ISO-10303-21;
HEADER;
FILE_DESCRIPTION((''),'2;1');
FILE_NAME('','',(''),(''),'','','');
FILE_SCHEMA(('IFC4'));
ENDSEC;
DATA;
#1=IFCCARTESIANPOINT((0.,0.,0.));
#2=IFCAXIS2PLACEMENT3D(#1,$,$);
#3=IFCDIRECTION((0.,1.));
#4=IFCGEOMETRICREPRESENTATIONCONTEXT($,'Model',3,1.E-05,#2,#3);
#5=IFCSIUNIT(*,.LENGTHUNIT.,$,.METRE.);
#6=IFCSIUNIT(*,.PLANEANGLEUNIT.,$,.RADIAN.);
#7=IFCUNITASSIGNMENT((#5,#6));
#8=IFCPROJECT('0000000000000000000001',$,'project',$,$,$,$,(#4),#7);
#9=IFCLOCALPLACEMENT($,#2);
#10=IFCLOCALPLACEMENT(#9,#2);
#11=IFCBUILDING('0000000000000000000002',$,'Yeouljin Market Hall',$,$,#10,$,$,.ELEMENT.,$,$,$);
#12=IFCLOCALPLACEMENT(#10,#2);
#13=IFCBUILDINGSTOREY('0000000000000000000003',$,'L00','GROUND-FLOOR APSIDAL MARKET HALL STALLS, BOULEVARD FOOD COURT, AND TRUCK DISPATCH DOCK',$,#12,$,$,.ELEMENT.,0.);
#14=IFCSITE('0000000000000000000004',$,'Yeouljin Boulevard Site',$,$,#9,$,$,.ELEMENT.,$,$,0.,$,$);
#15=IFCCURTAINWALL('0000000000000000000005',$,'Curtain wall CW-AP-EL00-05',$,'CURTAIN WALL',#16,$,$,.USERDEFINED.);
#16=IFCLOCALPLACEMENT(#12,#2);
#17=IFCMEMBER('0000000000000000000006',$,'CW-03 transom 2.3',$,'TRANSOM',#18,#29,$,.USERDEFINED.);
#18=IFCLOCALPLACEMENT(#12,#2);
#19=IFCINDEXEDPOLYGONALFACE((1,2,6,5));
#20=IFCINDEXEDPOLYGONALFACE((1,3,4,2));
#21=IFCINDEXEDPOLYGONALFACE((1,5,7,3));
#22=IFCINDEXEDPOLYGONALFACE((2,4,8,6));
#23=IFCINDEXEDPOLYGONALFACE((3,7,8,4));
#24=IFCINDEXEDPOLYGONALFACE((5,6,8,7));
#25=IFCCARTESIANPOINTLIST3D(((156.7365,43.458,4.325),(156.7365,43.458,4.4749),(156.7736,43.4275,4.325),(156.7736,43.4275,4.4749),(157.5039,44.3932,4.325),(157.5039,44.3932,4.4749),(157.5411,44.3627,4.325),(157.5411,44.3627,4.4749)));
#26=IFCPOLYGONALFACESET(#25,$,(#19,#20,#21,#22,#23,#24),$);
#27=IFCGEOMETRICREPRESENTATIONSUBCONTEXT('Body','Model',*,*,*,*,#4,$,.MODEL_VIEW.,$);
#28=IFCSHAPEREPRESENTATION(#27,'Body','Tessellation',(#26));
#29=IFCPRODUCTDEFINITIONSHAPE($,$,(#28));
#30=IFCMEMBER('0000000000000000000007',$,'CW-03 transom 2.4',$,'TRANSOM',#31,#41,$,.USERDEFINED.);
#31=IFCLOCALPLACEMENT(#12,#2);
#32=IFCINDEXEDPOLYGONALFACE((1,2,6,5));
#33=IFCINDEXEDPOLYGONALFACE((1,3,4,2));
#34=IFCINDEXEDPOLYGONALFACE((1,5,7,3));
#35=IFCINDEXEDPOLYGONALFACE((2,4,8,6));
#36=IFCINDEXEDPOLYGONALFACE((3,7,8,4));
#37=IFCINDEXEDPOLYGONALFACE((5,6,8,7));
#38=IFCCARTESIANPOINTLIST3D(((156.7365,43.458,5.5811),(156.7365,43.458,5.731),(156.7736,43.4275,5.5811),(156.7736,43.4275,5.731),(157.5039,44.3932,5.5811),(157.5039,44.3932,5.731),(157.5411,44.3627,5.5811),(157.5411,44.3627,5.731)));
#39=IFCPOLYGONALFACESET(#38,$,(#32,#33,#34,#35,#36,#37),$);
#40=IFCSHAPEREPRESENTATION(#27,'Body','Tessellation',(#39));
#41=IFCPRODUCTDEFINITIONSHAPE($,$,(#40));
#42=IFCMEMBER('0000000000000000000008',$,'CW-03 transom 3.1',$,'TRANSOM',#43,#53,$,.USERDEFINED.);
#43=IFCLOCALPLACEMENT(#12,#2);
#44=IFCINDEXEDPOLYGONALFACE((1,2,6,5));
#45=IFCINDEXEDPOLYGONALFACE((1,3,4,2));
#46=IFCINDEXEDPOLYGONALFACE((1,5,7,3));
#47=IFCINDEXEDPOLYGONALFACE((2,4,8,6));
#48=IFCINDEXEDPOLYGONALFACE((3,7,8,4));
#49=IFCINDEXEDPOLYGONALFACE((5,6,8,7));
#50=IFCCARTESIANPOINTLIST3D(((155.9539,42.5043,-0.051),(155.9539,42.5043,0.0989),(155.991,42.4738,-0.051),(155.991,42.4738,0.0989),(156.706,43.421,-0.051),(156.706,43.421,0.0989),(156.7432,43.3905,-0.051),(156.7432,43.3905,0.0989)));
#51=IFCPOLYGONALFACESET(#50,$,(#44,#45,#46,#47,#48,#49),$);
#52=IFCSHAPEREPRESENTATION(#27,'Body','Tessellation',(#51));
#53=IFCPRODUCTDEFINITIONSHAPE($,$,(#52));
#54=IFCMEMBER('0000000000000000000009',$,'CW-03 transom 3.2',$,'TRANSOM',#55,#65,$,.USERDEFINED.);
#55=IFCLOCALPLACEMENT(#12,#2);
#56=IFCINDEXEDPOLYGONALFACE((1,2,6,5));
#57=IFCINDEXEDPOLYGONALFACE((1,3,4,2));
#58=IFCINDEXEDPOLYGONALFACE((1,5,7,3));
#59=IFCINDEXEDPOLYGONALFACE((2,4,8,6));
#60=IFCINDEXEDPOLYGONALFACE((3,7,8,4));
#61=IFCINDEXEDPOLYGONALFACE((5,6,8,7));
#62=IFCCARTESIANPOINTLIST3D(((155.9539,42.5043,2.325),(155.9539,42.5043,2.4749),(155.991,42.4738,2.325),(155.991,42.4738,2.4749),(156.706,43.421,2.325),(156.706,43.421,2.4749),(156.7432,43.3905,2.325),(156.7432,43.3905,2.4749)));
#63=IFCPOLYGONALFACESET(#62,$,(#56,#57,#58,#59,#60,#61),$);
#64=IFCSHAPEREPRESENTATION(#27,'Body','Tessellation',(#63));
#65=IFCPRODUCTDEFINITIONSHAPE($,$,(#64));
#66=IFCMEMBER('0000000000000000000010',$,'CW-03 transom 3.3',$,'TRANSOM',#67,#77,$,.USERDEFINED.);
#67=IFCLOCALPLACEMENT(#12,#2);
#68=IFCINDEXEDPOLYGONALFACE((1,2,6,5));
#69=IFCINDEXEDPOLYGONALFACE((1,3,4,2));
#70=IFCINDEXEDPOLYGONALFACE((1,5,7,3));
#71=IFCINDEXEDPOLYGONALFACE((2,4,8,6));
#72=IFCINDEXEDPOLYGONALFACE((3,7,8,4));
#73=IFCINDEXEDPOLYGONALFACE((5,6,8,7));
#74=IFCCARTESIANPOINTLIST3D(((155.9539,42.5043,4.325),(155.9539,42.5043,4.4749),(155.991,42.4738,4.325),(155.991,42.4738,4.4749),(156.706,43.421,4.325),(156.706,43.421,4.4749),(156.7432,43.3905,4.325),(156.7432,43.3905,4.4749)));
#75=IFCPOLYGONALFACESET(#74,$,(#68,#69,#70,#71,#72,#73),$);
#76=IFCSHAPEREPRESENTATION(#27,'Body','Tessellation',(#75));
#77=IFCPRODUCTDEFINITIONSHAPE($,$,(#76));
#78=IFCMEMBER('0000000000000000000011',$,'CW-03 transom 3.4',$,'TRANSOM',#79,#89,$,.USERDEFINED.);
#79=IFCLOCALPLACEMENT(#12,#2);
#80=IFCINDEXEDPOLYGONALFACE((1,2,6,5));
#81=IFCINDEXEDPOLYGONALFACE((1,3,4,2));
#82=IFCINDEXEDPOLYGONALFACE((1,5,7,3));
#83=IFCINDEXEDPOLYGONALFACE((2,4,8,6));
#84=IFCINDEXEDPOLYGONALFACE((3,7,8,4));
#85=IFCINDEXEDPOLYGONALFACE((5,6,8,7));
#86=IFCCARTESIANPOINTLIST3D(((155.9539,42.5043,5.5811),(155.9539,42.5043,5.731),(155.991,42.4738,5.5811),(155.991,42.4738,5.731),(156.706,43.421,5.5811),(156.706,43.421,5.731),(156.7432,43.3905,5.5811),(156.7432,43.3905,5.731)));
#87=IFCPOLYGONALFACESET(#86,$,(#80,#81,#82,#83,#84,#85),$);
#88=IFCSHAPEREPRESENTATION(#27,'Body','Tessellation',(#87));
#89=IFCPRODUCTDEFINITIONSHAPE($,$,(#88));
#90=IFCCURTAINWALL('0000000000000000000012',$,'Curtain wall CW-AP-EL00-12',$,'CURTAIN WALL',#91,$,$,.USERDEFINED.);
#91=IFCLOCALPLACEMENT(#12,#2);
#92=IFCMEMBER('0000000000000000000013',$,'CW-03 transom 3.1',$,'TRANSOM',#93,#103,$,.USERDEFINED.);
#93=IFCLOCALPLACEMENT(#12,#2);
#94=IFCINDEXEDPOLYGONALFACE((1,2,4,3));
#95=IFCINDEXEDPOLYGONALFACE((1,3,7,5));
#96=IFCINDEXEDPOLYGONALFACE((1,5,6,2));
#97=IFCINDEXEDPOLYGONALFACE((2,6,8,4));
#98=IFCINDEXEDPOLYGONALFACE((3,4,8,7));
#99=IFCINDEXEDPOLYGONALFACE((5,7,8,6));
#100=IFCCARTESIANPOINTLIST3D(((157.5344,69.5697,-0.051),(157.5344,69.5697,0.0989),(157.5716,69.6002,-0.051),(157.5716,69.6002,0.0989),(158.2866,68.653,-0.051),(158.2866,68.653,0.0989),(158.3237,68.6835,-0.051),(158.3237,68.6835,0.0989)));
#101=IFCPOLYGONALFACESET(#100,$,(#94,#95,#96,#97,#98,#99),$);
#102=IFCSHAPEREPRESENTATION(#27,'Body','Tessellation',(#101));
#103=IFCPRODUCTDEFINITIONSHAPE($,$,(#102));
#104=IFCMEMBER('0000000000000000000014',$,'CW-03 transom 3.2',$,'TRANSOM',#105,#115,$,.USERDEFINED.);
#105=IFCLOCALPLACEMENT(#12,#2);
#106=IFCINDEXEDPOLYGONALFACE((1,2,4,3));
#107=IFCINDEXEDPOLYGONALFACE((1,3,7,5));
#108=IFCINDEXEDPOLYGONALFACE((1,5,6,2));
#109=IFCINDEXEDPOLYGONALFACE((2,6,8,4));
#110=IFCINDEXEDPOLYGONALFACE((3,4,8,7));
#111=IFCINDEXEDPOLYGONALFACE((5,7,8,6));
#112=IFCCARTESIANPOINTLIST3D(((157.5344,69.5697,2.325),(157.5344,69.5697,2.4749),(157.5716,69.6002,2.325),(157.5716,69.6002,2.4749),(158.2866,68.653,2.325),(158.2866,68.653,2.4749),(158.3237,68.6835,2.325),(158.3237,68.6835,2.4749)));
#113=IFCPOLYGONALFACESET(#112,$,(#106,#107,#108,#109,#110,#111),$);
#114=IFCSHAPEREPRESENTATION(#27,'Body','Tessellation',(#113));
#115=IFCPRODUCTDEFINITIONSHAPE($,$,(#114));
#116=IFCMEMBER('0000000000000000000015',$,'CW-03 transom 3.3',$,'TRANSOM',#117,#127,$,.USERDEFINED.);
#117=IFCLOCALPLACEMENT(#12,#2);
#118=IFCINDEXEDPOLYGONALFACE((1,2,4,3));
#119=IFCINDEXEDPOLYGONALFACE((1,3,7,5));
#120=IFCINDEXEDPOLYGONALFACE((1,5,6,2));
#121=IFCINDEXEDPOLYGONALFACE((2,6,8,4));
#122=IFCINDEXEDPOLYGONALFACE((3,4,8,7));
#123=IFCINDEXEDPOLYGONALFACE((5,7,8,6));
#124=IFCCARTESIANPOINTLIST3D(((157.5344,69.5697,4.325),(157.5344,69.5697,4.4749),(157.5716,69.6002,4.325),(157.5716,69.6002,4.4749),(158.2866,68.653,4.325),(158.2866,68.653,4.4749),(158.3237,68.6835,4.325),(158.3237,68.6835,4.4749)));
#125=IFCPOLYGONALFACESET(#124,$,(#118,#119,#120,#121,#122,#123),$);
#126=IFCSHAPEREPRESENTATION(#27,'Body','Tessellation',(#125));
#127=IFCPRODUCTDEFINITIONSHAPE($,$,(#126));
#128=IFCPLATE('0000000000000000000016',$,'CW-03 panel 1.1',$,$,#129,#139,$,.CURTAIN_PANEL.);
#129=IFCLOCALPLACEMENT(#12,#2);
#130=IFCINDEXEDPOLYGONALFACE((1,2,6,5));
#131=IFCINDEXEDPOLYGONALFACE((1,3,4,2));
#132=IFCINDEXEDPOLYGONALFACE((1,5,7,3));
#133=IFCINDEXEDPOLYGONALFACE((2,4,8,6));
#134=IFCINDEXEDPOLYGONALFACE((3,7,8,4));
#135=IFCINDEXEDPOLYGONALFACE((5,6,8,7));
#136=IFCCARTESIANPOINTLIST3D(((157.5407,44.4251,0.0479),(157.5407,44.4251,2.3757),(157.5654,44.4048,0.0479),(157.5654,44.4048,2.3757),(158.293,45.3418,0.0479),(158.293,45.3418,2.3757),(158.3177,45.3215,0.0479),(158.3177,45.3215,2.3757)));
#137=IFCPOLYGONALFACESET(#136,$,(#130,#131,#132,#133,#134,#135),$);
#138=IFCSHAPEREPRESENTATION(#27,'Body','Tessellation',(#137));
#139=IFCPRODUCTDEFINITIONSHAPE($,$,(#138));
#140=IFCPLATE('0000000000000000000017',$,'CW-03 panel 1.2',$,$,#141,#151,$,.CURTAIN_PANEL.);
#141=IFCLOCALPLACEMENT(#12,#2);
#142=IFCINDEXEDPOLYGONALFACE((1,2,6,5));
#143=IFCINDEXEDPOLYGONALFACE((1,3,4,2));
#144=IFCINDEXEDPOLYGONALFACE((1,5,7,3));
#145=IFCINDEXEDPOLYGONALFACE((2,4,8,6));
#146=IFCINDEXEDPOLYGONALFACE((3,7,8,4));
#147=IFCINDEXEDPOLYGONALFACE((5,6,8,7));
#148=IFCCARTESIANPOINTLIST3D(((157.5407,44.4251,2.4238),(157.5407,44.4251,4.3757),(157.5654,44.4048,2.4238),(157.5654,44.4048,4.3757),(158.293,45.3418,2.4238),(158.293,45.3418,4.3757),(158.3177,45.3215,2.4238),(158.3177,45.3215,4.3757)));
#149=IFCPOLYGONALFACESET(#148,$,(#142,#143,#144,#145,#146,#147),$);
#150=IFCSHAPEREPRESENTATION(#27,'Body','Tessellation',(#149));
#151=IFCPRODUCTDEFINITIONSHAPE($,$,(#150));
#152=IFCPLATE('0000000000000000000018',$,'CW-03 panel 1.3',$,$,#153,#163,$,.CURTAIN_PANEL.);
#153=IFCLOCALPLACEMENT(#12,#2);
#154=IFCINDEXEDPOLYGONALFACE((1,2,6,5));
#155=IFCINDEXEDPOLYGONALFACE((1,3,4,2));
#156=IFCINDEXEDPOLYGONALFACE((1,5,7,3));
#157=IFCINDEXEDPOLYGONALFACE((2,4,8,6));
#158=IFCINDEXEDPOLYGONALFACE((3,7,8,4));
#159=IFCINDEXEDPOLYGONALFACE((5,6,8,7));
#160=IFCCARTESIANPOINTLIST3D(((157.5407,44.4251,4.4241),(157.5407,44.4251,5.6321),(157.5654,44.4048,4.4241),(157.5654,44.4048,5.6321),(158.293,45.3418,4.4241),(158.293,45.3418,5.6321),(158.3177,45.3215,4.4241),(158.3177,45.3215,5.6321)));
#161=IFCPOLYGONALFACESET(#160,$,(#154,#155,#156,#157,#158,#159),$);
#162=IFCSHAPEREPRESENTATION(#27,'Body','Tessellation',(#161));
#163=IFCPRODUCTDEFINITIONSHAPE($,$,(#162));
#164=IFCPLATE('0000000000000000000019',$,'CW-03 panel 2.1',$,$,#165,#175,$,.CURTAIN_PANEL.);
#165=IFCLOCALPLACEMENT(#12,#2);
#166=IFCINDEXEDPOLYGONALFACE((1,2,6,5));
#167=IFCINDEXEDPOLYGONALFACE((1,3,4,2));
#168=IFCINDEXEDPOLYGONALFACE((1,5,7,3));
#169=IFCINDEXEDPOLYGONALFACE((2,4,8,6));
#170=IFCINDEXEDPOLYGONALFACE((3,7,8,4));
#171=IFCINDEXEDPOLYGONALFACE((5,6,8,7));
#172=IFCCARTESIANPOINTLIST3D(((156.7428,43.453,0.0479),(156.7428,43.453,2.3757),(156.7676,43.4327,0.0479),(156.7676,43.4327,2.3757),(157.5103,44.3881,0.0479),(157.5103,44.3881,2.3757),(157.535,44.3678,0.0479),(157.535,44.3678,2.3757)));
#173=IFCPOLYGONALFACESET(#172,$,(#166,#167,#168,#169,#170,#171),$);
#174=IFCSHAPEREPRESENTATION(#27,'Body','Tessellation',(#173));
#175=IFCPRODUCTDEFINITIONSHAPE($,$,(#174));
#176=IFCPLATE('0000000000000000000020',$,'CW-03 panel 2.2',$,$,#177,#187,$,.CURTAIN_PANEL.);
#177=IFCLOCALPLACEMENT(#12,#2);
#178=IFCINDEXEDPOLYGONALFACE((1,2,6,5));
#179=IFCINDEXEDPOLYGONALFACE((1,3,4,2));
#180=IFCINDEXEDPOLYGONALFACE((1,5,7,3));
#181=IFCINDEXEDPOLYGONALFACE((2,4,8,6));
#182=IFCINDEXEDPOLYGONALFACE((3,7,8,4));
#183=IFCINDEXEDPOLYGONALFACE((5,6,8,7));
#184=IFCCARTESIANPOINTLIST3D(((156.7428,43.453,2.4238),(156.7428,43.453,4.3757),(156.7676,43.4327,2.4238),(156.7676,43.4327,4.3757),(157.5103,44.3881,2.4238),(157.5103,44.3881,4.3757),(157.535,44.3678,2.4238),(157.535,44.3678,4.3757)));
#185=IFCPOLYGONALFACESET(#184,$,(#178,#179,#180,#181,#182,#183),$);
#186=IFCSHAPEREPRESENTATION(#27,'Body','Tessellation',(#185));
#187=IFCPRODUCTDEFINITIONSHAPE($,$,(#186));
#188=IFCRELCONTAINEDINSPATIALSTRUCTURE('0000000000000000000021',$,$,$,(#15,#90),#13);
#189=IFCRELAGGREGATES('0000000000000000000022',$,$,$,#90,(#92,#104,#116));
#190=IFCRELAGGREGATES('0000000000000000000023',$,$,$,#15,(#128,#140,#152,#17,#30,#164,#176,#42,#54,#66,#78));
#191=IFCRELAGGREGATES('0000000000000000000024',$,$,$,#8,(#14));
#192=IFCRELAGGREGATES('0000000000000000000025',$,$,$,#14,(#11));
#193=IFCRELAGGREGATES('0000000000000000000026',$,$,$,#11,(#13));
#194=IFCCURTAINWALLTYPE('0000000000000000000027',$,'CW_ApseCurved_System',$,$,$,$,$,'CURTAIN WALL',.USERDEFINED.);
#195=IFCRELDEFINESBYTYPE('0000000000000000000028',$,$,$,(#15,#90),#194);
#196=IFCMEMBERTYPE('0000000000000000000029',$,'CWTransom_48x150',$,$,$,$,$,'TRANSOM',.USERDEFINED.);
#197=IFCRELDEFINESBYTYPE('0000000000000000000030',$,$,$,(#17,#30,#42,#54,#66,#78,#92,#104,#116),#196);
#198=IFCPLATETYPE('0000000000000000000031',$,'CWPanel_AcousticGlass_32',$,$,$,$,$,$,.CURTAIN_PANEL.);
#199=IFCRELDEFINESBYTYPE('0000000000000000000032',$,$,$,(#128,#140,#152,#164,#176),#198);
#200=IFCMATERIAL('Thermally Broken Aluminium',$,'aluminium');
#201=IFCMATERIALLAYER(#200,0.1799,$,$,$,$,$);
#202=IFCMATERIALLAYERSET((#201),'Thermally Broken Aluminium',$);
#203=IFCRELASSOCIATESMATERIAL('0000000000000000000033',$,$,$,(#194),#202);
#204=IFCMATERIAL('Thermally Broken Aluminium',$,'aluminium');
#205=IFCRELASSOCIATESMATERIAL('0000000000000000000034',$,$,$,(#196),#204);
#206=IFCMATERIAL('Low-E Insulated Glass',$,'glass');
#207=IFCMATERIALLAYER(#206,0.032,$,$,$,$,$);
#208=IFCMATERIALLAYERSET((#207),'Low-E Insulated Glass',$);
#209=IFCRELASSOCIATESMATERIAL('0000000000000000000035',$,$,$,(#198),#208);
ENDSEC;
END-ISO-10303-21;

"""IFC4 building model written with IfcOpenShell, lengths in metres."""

from ifc_helpers import new_model, si_unit, direction, frame, origin, origin_2d, place, context, subcontext, project, spatial, rectangle, extrude, material, layer, layer_set, material_profile, profile_set, type_object, element, aggregate, save


model = new_model("IFC4")

# Units and contexts
model_context = context("Model", 3, precision=1e-05, world=origin(), true_north=direction((0.0, 1.0)))
body_context = subcontext(model_context, "Body", "Model", "MODEL_VIEW")
ifc_project = project(units=[si_unit("LENGTHUNIT", "METRE"), si_unit("PLANEANGLEUNIT", "RADIAN")], contexts=[model_context])

# Site, building, storey
site_placement = place(None, origin())
site = spatial("IfcSite", under=ifc_project, at=site_placement, Name="Yeouljin Boulevard Site", CompositionType="ELEMENT", RefElevation=0.0)
building_placement = place(site_placement, origin())
building = spatial("IfcBuilding", under=site, at=building_placement, Name="Yeouljin Market Hall", CompositionType="ELEMENT")
storey_placement = place(building_placement, origin())
storey = spatial("IfcBuildingStorey", under=building, at=storey_placement, Name="L00", Description="GROUND-FLOOR APSIDAL MARKET HALL STALLS, BOULEVARD FOOD COURT, AND TRUCK DISPATCH DOCK", CompositionType="ELEMENT", Elevation=0.0)

# Shared definitions
ifc_material_1 = material(Name="Thermally Broken Aluminium", Category="aluminium")
ifc_layer_1 = layer(ifc_material_1, 0.1799)
ifc_layer_set_1 = layer_set([ifc_layer_1], Name="Thermally Broken Aluminium")
curtain_wall_type = type_object("IfcCurtainWallType", Name="CW_ApseCurved_System", ElementType="CURTAIN WALL", PredefinedType="USERDEFINED", material=ifc_layer_set_1)

# Curtain wall
curtain_wall_1_placement = place(storey_placement, origin())
curtain_wall_1 = element("IfcCurtainWall", 1, at=curtain_wall_1_placement, inside=storey, type_object=curtain_wall_type, Name="Curtain wall CW-AP-EL00-05", ObjectType="CURTAIN WALL", PredefinedType="USERDEFINED")

# Members
ifc_material_2 = material(Name="Thermally Broken Aluminium", Category="aluminium")
ifc_material_profile_1 = material_profile(ifc_material_2, rectangle(XDim=0.0481, YDim=0.1499, at=origin_2d()), Name="CW-TRAN-48x150")
ifc_profile_set_1 = profile_set([ifc_material_profile_1], Name="Thermally Broken Aluminium")
member_type_1 = type_object("IfcMemberType", Name="CWTransom_48x150", ElementType="TRANSOM", PredefinedType="USERDEFINED", material=ifc_profile_set_1)
member_1_placement = place(storey_placement, frame((157.5225, 44.3779, 4.3999), z_axis=(-0.634369, -0.77303, 0.0), x_axis=(0.77303, -0.634369, 0.0)))
member_1 = element("IfcMember", 2, at=member_1_placement, type_object=member_type_1, Name="CW-03 transom 2.3", ObjectType="TRANSOM", PredefinedType="USERDEFINED", context=body_context, shape_type="SweptSolid", body=[
    extrude(rectangle(XDim=0.0481, YDim=0.1499, at=origin_2d()), origin(), (0.0, 0.0, 1.0), 1.2097),
])
member_2_placement = place(storey_placement, frame((157.5225, 44.3779, 5.656), z_axis=(-0.634369, -0.77303, 0.0), x_axis=(0.77303, -0.634369, 0.0)))
member_2 = element("IfcMember", 3, at=member_2_placement, type_object=member_type_1, Name="CW-03 transom 2.4", ObjectType="TRANSOM", PredefinedType="USERDEFINED", context=body_context, shape_type="SweptSolid", body=[
    extrude(rectangle(XDim=0.0481, YDim=0.1499, at=origin_2d()), origin(), (0.0, 0.0, 1.0), 1.2097),
])
member_3_placement = place(storey_placement, frame((156.7246, 43.4058, 0.0239), z_axis=(-0.634313, -0.773076, 0.0), x_axis=(0.773076, -0.634313, 0.0)))
member_3 = element("IfcMember", 4, at=member_3_placement, type_object=member_type_1, Name="CW-03 transom 3.1", ObjectType="TRANSOM", PredefinedType="USERDEFINED", context=body_context, shape_type="SweptSolid", body=[
    extrude(rectangle(XDim=0.0481, YDim=0.1499, at=origin_2d()), origin(), (0.0, 0.0, 1.0), 1.1858),
])
member_4_placement = place(storey_placement, frame((156.7246, 43.4058, 2.3999), z_axis=(-0.634313, -0.773076, 0.0), x_axis=(0.773076, -0.634313, 0.0)))
member_4 = element("IfcMember", 5, at=member_4_placement, type_object=member_type_1, Name="CW-03 transom 3.2", ObjectType="TRANSOM", PredefinedType="USERDEFINED", context=body_context, shape_type="SweptSolid", body=[
    extrude(rectangle(XDim=0.0481, YDim=0.1499, at=origin_2d()), origin(), (0.0, 0.0, 1.0), 1.1858),
])
member_5_placement = place(storey_placement, frame((156.7246, 43.4058, 4.3999), z_axis=(-0.634313, -0.773076, 0.0), x_axis=(0.773076, -0.634313, 0.0)))
member_5 = element("IfcMember", 6, at=member_5_placement, type_object=member_type_1, Name="CW-03 transom 3.3", ObjectType="TRANSOM", PredefinedType="USERDEFINED", context=body_context, shape_type="SweptSolid", body=[
    extrude(rectangle(XDim=0.0481, YDim=0.1499, at=origin_2d()), origin(), (0.0, 0.0, 1.0), 1.1858),
])
member_6_placement = place(storey_placement, frame((156.7246, 43.4058, 5.656), z_axis=(-0.634313, -0.773076, 0.0), x_axis=(0.773076, -0.634313, 0.0)))
member_6 = element("IfcMember", 7, at=member_6_placement, type_object=member_type_1, Name="CW-03 transom 3.4", ObjectType="TRANSOM", PredefinedType="USERDEFINED", context=body_context, shape_type="SweptSolid", body=[
    extrude(rectangle(XDim=0.0481, YDim=0.1499, at=origin_2d()), origin(), (0.0, 0.0, 1.0), 1.1858),
])

# Curtain wall, members
curtain_wall_2_placement = place(storey_placement, origin())
curtain_wall_2 = element("IfcCurtainWall", 8, at=curtain_wall_2_placement, inside=storey, type_object=curtain_wall_type, Name="Curtain wall CW-AP-EL00-12", ObjectType="CURTAIN WALL", PredefinedType="USERDEFINED")
member_7_placement = place(storey_placement, frame((157.553, 69.585, 0.0239), z_axis=(0.634313, -0.773076, 0.0), x_axis=(0.773076, 0.634313, 0.0)))
member_7 = element("IfcMember", 9, at=member_7_placement, type_object=member_type_1, Name="CW-03 transom 3.1", ObjectType="TRANSOM", PredefinedType="USERDEFINED", context=body_context, shape_type="SweptSolid", body=[
    extrude(rectangle(XDim=0.0481, YDim=0.1499, at=origin_2d()), origin(), (0.0, 0.0, 1.0), 1.1858),
])
member_8_placement = place(storey_placement, frame((157.553, 69.585, 2.3999), z_axis=(0.634313, -0.773076, 0.0), x_axis=(0.773076, 0.634313, 0.0)))
member_8 = element("IfcMember", 10, at=member_8_placement, type_object=member_type_1, Name="CW-03 transom 3.2", ObjectType="TRANSOM", PredefinedType="USERDEFINED", context=body_context, shape_type="SweptSolid", body=[
    extrude(rectangle(XDim=0.0481, YDim=0.1499, at=origin_2d()), origin(), (0.0, 0.0, 1.0), 1.1858),
])
member_9_placement = place(storey_placement, frame((157.553, 69.585, 4.3999), z_axis=(0.634313, -0.773076, 0.0), x_axis=(0.773076, 0.634313, 0.0)))
member_9 = element("IfcMember", 11, at=member_9_placement, type_object=member_type_1, Name="CW-03 transom 3.3", ObjectType="TRANSOM", PredefinedType="USERDEFINED", context=body_context, shape_type="SweptSolid", body=[
    extrude(rectangle(XDim=0.0481, YDim=0.1499, at=origin_2d()), origin(), (0.0, 0.0, 1.0), 1.1858),
])
aggregate(curtain_wall_2, [member_7, member_8, member_9])

# Plates
ifc_material_3 = material(Name="Low-E Insulated Glass", Category="glass")
ifc_layer_2 = layer(ifc_material_3, 0.032)
ifc_layer_set_2 = layer_set([ifc_layer_2], Name="Low-E Insulated Glass")
plate_type = type_object("IfcPlateType", Name="CWPanel_AcousticGlass_32", PredefinedType="CURTAIN_PANEL", material=ifc_layer_set_2)
plate_1_placement = place(storey_placement, frame((157.9292, 44.8733, 0.0479), z_axis=(0.0, 0.0, 1.0), x_axis=(-0.634384, -0.773018, 0.0)))
plate_1 = element("IfcPlate", 12, at=plate_1_placement, type_object=plate_type, Name="CW-03 panel 1.1", PredefinedType="CURTAIN_PANEL", context=body_context, shape_type="SweptSolid", body=[
    extrude(rectangle(XDim=1.1858, YDim=0.032, at=origin_2d()), origin(), (0.0, 0.0, 1.0), 2.3279),
])
plate_2_placement = place(storey_placement, frame((157.9292, 44.8733, 2.4238), z_axis=(0.0, 0.0, 1.0), x_axis=(-0.634384, -0.773018, 0.0)))
plate_2 = element("IfcPlate", 13, at=plate_2_placement, type_object=plate_type, Name="CW-03 panel 1.2", PredefinedType="CURTAIN_PANEL", context=body_context, shape_type="SweptSolid", body=[
    extrude(rectangle(XDim=1.1858, YDim=0.032, at=origin_2d()), origin(), (0.0, 0.0, 1.0), 1.9519),
])
plate_3_placement = place(storey_placement, frame((157.9292, 44.8733, 4.4241), z_axis=(0.0, 0.0, 1.0), x_axis=(-0.634384, -0.773018, 0.0)))
plate_3 = element("IfcPlate", 14, at=plate_3_placement, type_object=plate_type, Name="CW-03 panel 1.3", PredefinedType="CURTAIN_PANEL", context=body_context, shape_type="SweptSolid", body=[
    extrude(rectangle(XDim=1.1858, YDim=0.032, at=origin_2d()), origin(), (0.0, 0.0, 1.0), 1.208),
])
plate_4_placement = place(storey_placement, frame((157.1389, 43.9104, 0.0479), z_axis=(0.0, 0.0, 1.0), x_axis=(-0.634384, -0.773018, 0.0)))
plate_4 = element("IfcPlate", 15, at=plate_4_placement, type_object=plate_type, Name="CW-03 panel 2.1", PredefinedType="CURTAIN_PANEL", context=body_context, shape_type="SweptSolid", body=[
    extrude(rectangle(XDim=1.2097, YDim=0.032, at=origin_2d()), origin(), (0.0, 0.0, 1.0), 2.3279),
])
plate_5_placement = place(storey_placement, frame((157.1389, 43.9104, 2.4238), z_axis=(0.0, 0.0, 1.0), x_axis=(-0.634384, -0.773018, 0.0)))
plate_5 = element("IfcPlate", 16, at=plate_5_placement, type_object=plate_type, Name="CW-03 panel 2.2", PredefinedType="CURTAIN_PANEL", context=body_context, shape_type="SweptSolid", body=[
    extrude(rectangle(XDim=1.2097, YDim=0.032, at=origin_2d()), origin(), (0.0, 0.0, 1.0), 1.9519),
])
aggregate(curtain_wall_1, [plate_1, plate_2, plate_3, member_1, member_2, plate_4, plate_5, member_3, member_4, member_5, member_6])

save(model, "model.ifc")
